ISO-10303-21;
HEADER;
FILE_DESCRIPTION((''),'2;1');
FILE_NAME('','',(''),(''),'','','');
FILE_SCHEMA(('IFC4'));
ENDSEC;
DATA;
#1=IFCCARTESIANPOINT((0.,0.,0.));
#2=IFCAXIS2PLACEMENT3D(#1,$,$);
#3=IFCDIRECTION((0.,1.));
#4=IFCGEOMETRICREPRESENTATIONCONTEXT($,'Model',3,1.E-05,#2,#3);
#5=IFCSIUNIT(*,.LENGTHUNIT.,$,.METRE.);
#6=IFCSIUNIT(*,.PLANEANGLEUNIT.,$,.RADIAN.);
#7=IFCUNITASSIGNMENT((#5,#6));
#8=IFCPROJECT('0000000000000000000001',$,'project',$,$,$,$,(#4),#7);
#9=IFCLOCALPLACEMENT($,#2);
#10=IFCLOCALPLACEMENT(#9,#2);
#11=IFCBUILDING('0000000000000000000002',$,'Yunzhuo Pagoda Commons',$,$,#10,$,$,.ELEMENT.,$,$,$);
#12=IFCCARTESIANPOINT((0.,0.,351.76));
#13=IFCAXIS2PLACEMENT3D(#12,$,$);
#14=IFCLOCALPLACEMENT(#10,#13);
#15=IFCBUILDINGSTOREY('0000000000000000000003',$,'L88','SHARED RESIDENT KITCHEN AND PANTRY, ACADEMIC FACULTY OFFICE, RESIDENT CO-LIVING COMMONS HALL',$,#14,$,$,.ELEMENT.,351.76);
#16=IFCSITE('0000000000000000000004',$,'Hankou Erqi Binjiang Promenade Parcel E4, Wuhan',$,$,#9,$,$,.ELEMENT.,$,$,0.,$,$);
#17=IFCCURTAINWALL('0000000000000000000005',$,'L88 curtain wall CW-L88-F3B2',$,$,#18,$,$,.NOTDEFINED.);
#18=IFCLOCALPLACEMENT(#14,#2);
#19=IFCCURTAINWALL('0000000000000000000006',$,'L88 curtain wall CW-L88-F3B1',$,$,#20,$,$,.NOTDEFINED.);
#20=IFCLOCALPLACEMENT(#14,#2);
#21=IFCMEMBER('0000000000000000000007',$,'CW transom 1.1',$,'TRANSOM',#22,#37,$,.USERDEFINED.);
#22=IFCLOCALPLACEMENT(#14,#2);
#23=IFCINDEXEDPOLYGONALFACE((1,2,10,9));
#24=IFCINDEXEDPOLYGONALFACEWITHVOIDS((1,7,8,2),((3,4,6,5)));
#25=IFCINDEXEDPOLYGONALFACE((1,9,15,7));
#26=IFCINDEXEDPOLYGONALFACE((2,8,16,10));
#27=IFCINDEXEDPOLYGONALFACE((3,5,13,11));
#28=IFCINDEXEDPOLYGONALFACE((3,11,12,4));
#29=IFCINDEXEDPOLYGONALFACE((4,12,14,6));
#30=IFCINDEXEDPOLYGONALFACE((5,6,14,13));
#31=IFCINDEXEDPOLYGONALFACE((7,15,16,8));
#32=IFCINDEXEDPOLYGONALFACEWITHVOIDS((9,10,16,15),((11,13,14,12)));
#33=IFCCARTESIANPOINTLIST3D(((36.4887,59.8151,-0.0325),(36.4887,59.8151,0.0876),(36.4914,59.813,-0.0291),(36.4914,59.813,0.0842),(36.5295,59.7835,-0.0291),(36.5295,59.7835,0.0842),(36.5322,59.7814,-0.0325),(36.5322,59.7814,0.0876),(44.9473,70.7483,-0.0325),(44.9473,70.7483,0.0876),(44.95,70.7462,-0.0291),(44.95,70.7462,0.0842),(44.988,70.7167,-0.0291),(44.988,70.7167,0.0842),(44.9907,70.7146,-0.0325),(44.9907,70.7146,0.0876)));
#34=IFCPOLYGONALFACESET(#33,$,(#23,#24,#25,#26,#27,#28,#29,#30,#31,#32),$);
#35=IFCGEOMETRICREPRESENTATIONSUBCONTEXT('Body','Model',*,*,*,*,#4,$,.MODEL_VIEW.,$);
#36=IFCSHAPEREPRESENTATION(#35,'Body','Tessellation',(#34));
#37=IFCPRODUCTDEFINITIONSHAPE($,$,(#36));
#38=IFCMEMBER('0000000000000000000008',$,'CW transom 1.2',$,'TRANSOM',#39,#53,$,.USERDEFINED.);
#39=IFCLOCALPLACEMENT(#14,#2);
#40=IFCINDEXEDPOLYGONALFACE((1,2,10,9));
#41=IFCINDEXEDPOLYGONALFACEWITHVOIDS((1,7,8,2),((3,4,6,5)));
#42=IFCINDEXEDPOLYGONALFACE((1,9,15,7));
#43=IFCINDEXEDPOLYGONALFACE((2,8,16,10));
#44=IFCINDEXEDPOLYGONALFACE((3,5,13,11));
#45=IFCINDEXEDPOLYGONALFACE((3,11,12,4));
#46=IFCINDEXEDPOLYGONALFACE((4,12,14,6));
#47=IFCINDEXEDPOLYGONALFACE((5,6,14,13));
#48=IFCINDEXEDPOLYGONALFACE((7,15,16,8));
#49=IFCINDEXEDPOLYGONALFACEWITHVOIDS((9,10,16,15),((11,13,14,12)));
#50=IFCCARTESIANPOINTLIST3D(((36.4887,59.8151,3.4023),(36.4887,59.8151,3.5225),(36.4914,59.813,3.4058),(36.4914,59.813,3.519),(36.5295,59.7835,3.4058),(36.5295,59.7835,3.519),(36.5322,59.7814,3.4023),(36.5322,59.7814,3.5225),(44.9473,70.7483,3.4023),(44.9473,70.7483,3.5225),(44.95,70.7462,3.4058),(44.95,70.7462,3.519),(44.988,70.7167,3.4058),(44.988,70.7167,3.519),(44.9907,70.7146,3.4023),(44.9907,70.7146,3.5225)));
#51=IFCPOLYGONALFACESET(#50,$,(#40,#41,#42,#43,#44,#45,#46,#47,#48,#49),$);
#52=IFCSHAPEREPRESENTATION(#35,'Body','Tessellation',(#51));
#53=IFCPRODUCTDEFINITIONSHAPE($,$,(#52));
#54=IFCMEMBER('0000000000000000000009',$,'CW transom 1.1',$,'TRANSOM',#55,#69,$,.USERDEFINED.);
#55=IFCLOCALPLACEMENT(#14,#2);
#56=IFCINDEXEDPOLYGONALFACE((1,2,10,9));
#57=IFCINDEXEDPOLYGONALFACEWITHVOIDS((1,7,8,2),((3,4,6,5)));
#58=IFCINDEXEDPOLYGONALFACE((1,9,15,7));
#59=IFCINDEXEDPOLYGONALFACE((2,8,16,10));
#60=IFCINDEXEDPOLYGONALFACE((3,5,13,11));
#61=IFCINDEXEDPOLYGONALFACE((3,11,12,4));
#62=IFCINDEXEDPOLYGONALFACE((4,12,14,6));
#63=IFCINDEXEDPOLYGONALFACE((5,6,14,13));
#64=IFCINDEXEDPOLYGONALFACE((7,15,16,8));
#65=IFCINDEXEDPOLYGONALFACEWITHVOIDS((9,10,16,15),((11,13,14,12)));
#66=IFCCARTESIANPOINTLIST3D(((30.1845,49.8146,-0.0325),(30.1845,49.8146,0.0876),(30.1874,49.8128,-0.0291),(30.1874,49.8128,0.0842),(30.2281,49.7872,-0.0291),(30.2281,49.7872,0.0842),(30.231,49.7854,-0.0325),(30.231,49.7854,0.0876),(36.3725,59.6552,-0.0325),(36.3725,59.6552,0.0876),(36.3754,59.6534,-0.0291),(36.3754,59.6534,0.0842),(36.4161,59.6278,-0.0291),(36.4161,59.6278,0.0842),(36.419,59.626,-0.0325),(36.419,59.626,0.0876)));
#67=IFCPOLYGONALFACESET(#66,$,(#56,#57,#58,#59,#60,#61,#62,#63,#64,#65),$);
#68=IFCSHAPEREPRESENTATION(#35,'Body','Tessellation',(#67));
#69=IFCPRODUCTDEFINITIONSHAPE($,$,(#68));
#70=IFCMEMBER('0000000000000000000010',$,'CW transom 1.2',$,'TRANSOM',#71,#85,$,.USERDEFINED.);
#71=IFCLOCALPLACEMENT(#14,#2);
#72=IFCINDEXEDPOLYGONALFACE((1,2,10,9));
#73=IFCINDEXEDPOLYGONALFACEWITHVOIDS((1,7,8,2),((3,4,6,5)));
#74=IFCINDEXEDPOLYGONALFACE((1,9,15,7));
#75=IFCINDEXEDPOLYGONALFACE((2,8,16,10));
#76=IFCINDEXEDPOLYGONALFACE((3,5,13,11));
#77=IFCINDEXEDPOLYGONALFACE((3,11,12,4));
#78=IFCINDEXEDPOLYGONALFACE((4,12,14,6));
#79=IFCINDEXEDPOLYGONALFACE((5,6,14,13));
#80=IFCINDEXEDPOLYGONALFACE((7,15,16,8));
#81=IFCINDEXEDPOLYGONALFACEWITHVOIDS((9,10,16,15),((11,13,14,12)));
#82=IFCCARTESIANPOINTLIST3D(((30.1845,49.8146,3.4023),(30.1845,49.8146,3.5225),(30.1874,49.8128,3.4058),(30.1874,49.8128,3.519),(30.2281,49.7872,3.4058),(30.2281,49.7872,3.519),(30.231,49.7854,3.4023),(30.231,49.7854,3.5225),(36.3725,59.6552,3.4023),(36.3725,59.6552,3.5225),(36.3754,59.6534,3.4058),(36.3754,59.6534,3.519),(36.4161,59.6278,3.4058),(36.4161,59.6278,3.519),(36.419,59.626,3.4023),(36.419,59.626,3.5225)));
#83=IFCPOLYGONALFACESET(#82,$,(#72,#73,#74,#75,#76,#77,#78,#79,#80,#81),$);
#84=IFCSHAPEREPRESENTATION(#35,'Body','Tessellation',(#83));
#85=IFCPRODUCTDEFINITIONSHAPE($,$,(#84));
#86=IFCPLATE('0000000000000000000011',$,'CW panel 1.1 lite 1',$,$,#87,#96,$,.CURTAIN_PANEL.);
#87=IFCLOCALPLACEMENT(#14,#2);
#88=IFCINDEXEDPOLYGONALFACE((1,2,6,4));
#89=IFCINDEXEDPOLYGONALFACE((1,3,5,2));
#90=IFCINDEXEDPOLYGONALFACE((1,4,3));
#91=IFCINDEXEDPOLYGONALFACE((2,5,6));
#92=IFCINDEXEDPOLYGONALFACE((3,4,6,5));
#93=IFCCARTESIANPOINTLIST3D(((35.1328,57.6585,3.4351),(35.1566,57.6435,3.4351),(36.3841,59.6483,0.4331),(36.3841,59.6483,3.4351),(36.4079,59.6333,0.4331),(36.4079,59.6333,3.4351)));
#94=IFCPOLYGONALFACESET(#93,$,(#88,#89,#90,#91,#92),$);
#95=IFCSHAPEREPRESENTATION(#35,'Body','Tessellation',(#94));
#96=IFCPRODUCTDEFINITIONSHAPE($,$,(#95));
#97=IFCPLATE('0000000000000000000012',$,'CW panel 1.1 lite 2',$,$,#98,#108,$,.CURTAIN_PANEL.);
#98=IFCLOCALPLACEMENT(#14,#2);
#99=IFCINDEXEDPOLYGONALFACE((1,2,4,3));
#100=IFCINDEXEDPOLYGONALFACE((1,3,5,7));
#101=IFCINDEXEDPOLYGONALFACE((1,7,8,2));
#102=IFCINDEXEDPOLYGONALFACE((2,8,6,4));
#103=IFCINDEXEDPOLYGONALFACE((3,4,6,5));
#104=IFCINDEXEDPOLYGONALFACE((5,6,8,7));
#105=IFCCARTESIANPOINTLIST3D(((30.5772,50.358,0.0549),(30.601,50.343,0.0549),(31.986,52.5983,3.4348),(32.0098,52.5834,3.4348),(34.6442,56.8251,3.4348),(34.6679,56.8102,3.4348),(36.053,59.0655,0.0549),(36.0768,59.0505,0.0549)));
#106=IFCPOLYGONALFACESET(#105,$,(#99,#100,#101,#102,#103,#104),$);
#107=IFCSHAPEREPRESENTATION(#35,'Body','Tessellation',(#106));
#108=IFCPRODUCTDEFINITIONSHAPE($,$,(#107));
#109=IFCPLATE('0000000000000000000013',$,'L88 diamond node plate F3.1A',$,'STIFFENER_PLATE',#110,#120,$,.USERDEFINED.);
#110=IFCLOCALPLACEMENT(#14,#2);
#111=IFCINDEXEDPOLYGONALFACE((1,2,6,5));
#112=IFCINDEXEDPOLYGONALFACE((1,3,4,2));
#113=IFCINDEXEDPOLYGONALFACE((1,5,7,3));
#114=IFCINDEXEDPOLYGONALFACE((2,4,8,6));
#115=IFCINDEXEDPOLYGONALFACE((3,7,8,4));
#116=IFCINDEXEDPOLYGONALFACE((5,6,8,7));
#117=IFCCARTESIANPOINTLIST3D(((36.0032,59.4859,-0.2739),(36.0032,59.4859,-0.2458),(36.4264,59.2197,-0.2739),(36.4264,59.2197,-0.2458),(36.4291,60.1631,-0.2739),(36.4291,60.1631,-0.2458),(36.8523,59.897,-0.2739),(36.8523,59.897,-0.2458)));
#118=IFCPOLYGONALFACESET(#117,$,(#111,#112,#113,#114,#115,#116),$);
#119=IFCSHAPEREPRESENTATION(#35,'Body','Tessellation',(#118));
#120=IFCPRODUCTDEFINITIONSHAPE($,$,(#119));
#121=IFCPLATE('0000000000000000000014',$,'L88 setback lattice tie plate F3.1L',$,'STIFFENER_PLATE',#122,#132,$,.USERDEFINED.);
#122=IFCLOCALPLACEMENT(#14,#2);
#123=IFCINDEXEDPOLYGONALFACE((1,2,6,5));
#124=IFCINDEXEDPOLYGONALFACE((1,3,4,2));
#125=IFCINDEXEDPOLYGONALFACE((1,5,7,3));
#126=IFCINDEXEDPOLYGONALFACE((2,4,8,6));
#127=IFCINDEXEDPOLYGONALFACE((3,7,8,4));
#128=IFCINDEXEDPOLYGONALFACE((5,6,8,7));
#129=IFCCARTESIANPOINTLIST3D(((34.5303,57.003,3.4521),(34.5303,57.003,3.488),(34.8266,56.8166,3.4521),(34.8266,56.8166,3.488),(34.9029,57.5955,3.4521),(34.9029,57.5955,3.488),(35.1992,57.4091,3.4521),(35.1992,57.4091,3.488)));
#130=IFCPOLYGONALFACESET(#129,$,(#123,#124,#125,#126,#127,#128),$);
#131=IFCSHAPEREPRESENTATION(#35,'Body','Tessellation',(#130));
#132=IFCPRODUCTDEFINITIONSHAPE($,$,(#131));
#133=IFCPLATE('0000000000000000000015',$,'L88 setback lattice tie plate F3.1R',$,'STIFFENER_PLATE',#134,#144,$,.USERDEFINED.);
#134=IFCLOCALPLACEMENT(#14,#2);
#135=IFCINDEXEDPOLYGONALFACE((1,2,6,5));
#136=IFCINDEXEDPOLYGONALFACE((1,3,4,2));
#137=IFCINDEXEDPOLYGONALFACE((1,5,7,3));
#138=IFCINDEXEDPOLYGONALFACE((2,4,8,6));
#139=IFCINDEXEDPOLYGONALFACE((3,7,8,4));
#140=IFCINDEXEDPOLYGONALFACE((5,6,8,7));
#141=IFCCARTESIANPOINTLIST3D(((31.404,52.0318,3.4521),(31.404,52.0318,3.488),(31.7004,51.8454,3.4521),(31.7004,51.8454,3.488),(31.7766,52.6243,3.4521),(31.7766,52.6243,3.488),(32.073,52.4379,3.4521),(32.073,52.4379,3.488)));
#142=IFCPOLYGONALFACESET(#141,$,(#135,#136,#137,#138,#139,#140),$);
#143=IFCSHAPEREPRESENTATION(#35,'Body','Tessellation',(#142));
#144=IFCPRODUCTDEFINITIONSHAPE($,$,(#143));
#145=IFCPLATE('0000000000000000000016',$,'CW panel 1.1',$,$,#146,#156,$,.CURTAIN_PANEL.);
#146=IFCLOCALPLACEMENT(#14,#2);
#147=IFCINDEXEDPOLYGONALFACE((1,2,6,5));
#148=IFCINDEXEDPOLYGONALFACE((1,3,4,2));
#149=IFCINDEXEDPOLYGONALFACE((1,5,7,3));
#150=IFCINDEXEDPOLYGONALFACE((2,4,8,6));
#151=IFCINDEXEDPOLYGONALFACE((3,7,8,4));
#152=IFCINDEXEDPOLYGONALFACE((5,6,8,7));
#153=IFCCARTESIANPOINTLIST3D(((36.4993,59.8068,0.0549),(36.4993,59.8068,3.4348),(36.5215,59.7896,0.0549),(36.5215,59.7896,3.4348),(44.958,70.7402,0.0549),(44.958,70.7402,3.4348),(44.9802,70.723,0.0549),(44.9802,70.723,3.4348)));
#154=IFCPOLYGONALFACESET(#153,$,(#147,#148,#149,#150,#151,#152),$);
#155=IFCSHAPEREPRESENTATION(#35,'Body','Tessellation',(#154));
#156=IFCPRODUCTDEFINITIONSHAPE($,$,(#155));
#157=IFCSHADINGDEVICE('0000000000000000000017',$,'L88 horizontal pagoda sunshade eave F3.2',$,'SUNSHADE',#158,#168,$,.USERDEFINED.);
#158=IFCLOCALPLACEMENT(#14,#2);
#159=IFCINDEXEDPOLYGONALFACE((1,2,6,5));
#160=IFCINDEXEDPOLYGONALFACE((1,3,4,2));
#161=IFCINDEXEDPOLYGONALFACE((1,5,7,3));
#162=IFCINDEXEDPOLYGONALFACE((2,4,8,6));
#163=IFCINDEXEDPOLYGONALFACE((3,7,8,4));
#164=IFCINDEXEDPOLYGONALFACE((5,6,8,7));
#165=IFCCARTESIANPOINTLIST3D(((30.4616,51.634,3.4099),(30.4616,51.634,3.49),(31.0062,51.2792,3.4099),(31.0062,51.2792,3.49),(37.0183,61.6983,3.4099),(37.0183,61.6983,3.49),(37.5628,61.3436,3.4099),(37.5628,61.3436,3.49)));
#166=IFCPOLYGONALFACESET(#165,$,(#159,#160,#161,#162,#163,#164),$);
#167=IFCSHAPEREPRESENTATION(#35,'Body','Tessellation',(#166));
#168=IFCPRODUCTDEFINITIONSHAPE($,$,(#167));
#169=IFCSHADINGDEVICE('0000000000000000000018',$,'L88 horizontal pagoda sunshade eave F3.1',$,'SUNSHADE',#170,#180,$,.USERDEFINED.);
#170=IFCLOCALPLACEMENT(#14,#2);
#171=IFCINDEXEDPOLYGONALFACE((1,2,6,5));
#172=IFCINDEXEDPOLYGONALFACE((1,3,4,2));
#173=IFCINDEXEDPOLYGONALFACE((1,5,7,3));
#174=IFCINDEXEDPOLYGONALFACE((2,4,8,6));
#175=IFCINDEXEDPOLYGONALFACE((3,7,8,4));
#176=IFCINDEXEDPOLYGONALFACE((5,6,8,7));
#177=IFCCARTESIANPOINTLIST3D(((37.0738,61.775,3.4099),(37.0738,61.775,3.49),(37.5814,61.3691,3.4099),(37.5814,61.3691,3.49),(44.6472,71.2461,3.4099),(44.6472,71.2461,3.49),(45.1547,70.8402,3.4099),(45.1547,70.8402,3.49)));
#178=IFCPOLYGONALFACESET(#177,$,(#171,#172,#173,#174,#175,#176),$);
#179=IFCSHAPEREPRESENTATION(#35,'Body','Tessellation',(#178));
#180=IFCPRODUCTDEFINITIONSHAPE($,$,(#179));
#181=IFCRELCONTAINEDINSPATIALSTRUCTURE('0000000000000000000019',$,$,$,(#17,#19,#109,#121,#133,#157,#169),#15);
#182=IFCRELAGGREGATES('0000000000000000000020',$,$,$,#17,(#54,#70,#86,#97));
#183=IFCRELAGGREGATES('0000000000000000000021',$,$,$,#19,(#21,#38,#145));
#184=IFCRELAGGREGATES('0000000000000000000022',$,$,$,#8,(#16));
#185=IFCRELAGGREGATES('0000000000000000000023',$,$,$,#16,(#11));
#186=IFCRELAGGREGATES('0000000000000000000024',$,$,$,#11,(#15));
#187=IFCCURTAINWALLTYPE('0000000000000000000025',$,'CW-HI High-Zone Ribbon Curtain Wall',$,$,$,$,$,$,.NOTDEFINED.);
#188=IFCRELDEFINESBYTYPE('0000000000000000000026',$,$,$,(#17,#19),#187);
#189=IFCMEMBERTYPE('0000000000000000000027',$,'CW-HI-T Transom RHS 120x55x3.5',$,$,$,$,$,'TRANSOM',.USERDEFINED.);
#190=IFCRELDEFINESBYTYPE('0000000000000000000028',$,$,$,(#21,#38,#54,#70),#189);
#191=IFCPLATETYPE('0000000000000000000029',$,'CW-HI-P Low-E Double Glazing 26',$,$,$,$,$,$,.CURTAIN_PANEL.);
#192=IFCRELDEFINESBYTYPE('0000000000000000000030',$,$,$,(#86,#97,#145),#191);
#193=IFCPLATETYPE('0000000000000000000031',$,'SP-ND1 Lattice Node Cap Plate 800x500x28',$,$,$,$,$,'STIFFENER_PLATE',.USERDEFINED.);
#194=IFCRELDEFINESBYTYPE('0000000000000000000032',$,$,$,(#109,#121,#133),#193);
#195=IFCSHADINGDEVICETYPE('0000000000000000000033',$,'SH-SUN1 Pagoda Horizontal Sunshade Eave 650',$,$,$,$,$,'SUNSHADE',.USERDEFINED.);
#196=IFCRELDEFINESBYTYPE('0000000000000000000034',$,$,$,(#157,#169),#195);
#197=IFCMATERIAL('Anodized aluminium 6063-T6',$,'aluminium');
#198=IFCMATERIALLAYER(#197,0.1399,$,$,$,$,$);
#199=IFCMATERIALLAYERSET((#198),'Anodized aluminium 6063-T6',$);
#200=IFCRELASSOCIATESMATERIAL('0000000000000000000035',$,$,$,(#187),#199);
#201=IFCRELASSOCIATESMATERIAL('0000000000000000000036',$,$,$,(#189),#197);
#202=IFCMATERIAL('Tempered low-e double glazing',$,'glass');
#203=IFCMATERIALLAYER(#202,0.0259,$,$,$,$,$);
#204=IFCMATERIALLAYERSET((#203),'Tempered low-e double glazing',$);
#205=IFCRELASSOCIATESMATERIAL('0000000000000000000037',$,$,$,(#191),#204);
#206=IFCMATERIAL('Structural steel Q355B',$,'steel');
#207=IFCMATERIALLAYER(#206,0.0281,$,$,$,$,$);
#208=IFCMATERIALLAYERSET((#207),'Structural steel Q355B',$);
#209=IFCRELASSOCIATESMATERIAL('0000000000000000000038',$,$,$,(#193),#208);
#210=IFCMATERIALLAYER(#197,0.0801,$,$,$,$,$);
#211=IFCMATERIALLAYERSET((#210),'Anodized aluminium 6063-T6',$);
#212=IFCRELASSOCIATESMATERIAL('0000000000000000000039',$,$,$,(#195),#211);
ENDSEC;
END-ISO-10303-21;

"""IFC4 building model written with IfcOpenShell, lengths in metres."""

from ifc_helpers import new_model, si_unit, direction, frame, origin, origin_2d, place, context, subcontext, project, spatial, polyline, rectangle, hollow_rectangle, outline, extrude, source, transform, mapped, material, layer, layer_set, material_profile, profile_set, type_object, element, aggregate, save


model = new_model("IFC4")

# Units and contexts
model_context = context("Model", 3, precision=1e-05, world=origin(), true_north=direction((0.0, 1.0)))
body_context = subcontext(model_context, "Body", "Model", "MODEL_VIEW")
ifc_project = project(units=[si_unit("LENGTHUNIT", "METRE"), si_unit("PLANEANGLEUNIT", "RADIAN")], contexts=[model_context])

# Site, building, storey
site_placement = place(None, origin())
site = spatial("IfcSite", under=ifc_project, at=site_placement, Name="Hankou Erqi Binjiang Promenade Parcel E4, Wuhan", CompositionType="ELEMENT", RefElevation=0.0)
building_placement = place(site_placement, origin())
building = spatial("IfcBuilding", under=site, at=building_placement, Name="Yunzhuo Pagoda Commons", CompositionType="ELEMENT")
storey_placement = place(building_placement, frame((0.0, 0.0, 351.76)))
storey = spatial("IfcBuildingStorey", under=building, at=storey_placement, Name="L88", Description="SHARED RESIDENT KITCHEN AND PANTRY, ACADEMIC FACULTY OFFICE, RESIDENT CO-LIVING COMMONS HALL", CompositionType="ELEMENT", Elevation=351.76)

# Shared definitions
ifc_material_1 = material(Name="Structural steel Q355B", Category="steel")

# Curtain wall
ifc_material_2 = material(Name="Anodized aluminium 6063-T6", Category="aluminium")
ifc_layer_1 = layer(ifc_material_2, 0.1399)
ifc_layer_set_1 = layer_set([ifc_layer_1], Name="Anodized aluminium 6063-T6")
curtain_wall_type = type_object("IfcCurtainWallType", Name="CW-HI High-Zone Ribbon Curtain Wall", PredefinedType="NOTDEFINED", material=ifc_layer_set_1)
curtain_wall_1_placement = place(storey_placement, origin())
curtain_wall_1 = element("IfcCurtainWall", 1, at=curtain_wall_1_placement, inside=storey, type_object=curtain_wall_type, Name="L88 curtain wall CW-L88-F3B2", PredefinedType="NOTDEFINED")

# Curtain wall, members
curtain_wall_2_placement = place(storey_placement, origin())
curtain_wall_2 = element("IfcCurtainWall", 2, at=curtain_wall_2_placement, inside=storey, type_object=curtain_wall_type, Name="L88 curtain wall CW-L88-F3B1", PredefinedType="NOTDEFINED")
ifc_material_profile_1 = material_profile(ifc_material_2, hollow_rectangle(XDim=0.0549, YDim=0.1201, WallThickness=0.0034, at=origin_2d()), Name="Anodized aluminium 6063-T6")
ifc_profile_set_1 = profile_set([ifc_material_profile_1], Name="Anodized aluminium 6063-T6")
member_type_1 = type_object("IfcMemberType", Name="CW-HI-T Transom RHS 120x55x3.5", ElementType="TRANSOM", PredefinedType="USERDEFINED", material=ifc_profile_set_1)
shared_shape_1 = source(origin(), body_context, "Body", "SweptSolid", [
    extrude(hollow_rectangle(XDim=0.0549, YDim=0.1201, WallThickness=0.0034, at=origin_2d()), origin(), (0.0, 0.0, 1.0), 13.8232),
])
member_1_placement = place(storey_placement, frame((44.969, 70.7314, 0.0276), z_axis=(-0.611909, -0.790928, 0.0), x_axis=(0.790928, -0.611909, 0.0)))
member_1 = element("IfcMember", 3, at=member_1_placement, type_object=member_type_1, Name="CW transom 1.1", ObjectType="TRANSOM", PredefinedType="USERDEFINED", context=body_context, shape_type="MappedRepresentation", body=[
    mapped(shared_shape_1, transform((0.0, 0.0, 0.0), scale=1.0)),
])
member_2_placement = place(storey_placement, frame((44.969, 70.7314, 3.4624), z_axis=(-0.611909, -0.790928, 0.0), x_axis=(0.790928, -0.611909, 0.0)))
member_2 = element("IfcMember", 4, at=member_2_placement, type_object=member_type_1, Name="CW transom 1.2", ObjectType="TRANSOM", PredefinedType="USERDEFINED", context=body_context, shape_type="MappedRepresentation", body=[
    mapped(shared_shape_1, transform((0.0, 0.0, 0.0), scale=1.0)),
])

# Members
shared_shape_2 = source(origin(), body_context, "Body", "SweptSolid", [
    extrude(hollow_rectangle(XDim=0.0549, YDim=0.1201, WallThickness=0.0034, at=origin_2d()), origin(), (0.0, 0.0, 1.0), 11.6245),
])
member_3_placement = place(storey_placement, frame((36.3958, 59.6406, 0.0276), z_axis=(-0.532325, -0.84654, 0.0), x_axis=(0.84654, -0.532325, 0.0)))
member_3 = element("IfcMember", 5, at=member_3_placement, type_object=member_type_1, Name="CW transom 1.1", ObjectType="TRANSOM", PredefinedType="USERDEFINED", context=body_context, shape_type="MappedRepresentation", body=[
    mapped(shared_shape_2, transform((0.0, 0.0, 0.0), scale=1.0)),
])
member_4_placement = place(storey_placement, frame((36.3958, 59.6406, 3.4624), z_axis=(-0.532325, -0.84654, 0.0), x_axis=(0.84654, -0.532325, 0.0)))
member_4 = element("IfcMember", 6, at=member_4_placement, type_object=member_type_1, Name="CW transom 1.2", ObjectType="TRANSOM", PredefinedType="USERDEFINED", context=body_context, shape_type="MappedRepresentation", body=[
    mapped(shared_shape_2, transform((0.0, 0.0, 0.0), scale=1.0)),
])

# Plates
ifc_material_3 = material(Name="Tempered low-e double glazing", Category="glass")
ifc_layer_2 = layer(ifc_material_3, 0.0259)
ifc_layer_set_2 = layer_set([ifc_layer_2], Name="Tempered low-e double glazing")
plate_type_1 = type_object("IfcPlateType", Name="CW-HI-P Low-E Double Glazing 26", PredefinedType="CURTAIN_PANEL", material=ifc_layer_set_2)
plate_1_placement = place(storey_placement, frame((35.7822, 58.6384, 1.9341), z_axis=(-0.846525, 0.53235, 0.0), x_axis=(-0.53235, -0.846525, 0.0)))
plate_1 = element("IfcPlate", 7, at=plate_1_placement, type_object=plate_type_1, Name="CW panel 1.1 lite 1", PredefinedType="CURTAIN_PANEL", context=body_context, shape_type="SweptSolid", body=[
    extrude(outline(polyline([(-1.1753, -1.501), (1.1753, 1.501), (-1.1753, 1.501), (-1.1753, -1.501)])), origin(), (0.0, 0.0, 1.0), 0.0281),
])
plate_2_placement = place(storey_placement, frame((33.3389, 54.6968, 1.7449), z_axis=(-0.846525, 0.53235, 0.0), x_axis=(-0.53235, -0.846525, 0.0)))
plate_2 = element("IfcPlate", 8, at=plate_2_placement, type_object=plate_type_1, Name="CW panel 1.1 lite 2", PredefinedType="CURTAIN_PANEL", context=body_context, shape_type="SweptSolid", body=[
    extrude(outline(polyline([(-5.1431, -1.6899), (5.1431, -1.6899), (2.4966, 1.6899), (-2.4966, 1.6899), (-5.1431, -1.6899)])), origin(), (0.0, 0.0, 1.0), 0.0281),
])
aggregate(curtain_wall_1, [member_3, member_4, plate_1, plate_2])

# Plates
ifc_layer_3 = layer(ifc_material_1, 0.0281)
ifc_layer_set_3 = layer_set([ifc_layer_3], Name="Structural steel Q355B")
plate_type_2 = type_object("IfcPlateType", Name="SP-ND1 Lattice Node Cap Plate 800x500x28", ElementType="STIFFENER_PLATE", PredefinedType="USERDEFINED", material=ifc_layer_set_3)
shared_shape_3 = source(origin(), body_context, "Body", "SweptSolid", [
    extrude(rectangle(XDim=0.8, YDim=0.5, at=origin_2d()), origin(), (0.0, 0.0, 1.0), 0.0281),
])
plate_3_placement = place(storey_placement, frame((36.4277, 59.6914, -0.2739), z_axis=(0.0, 0.0, 1.0), x_axis=(-0.532344, -0.846528, 0.0)))
element("IfcPlate", 9, at=plate_3_placement, inside=storey, type_object=plate_type_2, Name="L88 diamond node plate F3.1A", ObjectType="STIFFENER_PLATE", PredefinedType="USERDEFINED", context=body_context, shape_type="MappedRepresentation", body=[
    mapped(shared_shape_3, transform((0.0, 0.0, 0.0), scale=1.0)),
])
shared_shape_4 = source(origin(), body_context, "Body", "SweptSolid", [
    extrude(rectangle(XDim=0.7, YDim=0.3501, at=origin_2d()), origin(), (0.0, 0.0, 1.0), 0.0359),
])
for number, where, z_axis, x_axis, name in (
    (10, (34.8647, 57.2061, 3.4521), (0.0, 0.0, 1.0), (-0.532344, -0.846528, 0.0), "L88 setback lattice tie plate F3.1L"),
    (11, (31.7385, 52.2349, 3.4521), (0.0, 0.0, 1.0), (-0.532344, -0.846528, 0.0), "L88 setback lattice tie plate F3.1R"),
):
    element("IfcPlate", number, at=place(storey_placement, frame(where, z_axis=z_axis, x_axis=x_axis)), inside=storey, type_object=plate_type_2, Name=name, ObjectType="STIFFENER_PLATE", PredefinedType="USERDEFINED", context=body_context, shape_type="MappedRepresentation", body=[
        mapped(shared_shape_4, transform((0.0, 0.0, 0.0), scale=1.0)),
    ])

# Plate
shared_shape_5 = source(origin(), body_context, "Body", "SweptSolid", [
    extrude(rectangle(XDim=13.8235, YDim=0.0281, at=origin_2d()), origin(), (0.0, 0.0, 1.0), 3.3799),
])
plate_4_placement = place(storey_placement, frame((40.7397, 65.2649, 0.0549), z_axis=(0.0, 0.0, 1.0), x_axis=(-0.61191, -0.790927, 0.0)))
plate_4 = element("IfcPlate", 12, at=plate_4_placement, type_object=plate_type_1, Name="CW panel 1.1", PredefinedType="CURTAIN_PANEL", context=body_context, shape_type="MappedRepresentation", body=[
    mapped(shared_shape_5, transform((0.0, 0.0, 0.0), scale=1.0)),
])
aggregate(curtain_wall_2, [member_1, member_2, plate_4])

# Shading devices
ifc_layer_4 = layer(ifc_material_2, 0.0801)
ifc_layer_set_4 = layer_set([ifc_layer_4], Name="Anodized aluminium 6063-T6")
shading_device_type = type_object("IfcShadingDeviceType", Name="SH-SUN1 Pagoda Horizontal Sunshade Eave 650", ElementType="SUNSHADE", PredefinedType="USERDEFINED", material=ifc_layer_set_4)
shared_shape_6 = source(origin(), body_context, "Body", "SweptSolid", [
    extrude(rectangle(XDim=12.0117, YDim=0.6499, at=origin_2d()), origin(), (0.0, 0.0, 1.0), 0.0801),
])
shading_device_1_placement = place(storey_placement, frame((34.0122, 56.4888, 3.4099), z_axis=(0.0, 0.0, 1.0), x_axis=(-0.545853, -0.837881, 0.0)))
element("IfcShadingDevice", 13, at=shading_device_1_placement, inside=storey, type_object=shading_device_type, Name="L88 horizontal pagoda sunshade eave F3.2", ObjectType="SUNSHADE", PredefinedType="USERDEFINED", context=body_context, shape_type="MappedRepresentation", body=[
    mapped(shared_shape_6, transform((0.0, 0.0, 0.0), scale=1.0)),
])
shared_shape_7 = source(origin(), body_context, "Body", "SweptSolid", [
    extrude(rectangle(XDim=12.1267, YDim=0.6499, at=origin_2d()), origin(), (0.0, 0.0, 1.0), 0.0801),
])
shading_device_2_placement = place(storey_placement, frame((41.1143, 66.3076, 3.4099), z_axis=(0.0, 0.0, 1.0), x_axis=(-0.62452, -0.781008, 0.0)))
element("IfcShadingDevice", 14, at=shading_device_2_placement, inside=storey, type_object=shading_device_type, Name="L88 horizontal pagoda sunshade eave F3.1", ObjectType="SUNSHADE", PredefinedType="USERDEFINED", context=body_context, shape_type="MappedRepresentation", body=[
    mapped(shared_shape_7, transform((0.0, 0.0, 0.0), scale=1.0)),
])

save(model, "model.ifc")
